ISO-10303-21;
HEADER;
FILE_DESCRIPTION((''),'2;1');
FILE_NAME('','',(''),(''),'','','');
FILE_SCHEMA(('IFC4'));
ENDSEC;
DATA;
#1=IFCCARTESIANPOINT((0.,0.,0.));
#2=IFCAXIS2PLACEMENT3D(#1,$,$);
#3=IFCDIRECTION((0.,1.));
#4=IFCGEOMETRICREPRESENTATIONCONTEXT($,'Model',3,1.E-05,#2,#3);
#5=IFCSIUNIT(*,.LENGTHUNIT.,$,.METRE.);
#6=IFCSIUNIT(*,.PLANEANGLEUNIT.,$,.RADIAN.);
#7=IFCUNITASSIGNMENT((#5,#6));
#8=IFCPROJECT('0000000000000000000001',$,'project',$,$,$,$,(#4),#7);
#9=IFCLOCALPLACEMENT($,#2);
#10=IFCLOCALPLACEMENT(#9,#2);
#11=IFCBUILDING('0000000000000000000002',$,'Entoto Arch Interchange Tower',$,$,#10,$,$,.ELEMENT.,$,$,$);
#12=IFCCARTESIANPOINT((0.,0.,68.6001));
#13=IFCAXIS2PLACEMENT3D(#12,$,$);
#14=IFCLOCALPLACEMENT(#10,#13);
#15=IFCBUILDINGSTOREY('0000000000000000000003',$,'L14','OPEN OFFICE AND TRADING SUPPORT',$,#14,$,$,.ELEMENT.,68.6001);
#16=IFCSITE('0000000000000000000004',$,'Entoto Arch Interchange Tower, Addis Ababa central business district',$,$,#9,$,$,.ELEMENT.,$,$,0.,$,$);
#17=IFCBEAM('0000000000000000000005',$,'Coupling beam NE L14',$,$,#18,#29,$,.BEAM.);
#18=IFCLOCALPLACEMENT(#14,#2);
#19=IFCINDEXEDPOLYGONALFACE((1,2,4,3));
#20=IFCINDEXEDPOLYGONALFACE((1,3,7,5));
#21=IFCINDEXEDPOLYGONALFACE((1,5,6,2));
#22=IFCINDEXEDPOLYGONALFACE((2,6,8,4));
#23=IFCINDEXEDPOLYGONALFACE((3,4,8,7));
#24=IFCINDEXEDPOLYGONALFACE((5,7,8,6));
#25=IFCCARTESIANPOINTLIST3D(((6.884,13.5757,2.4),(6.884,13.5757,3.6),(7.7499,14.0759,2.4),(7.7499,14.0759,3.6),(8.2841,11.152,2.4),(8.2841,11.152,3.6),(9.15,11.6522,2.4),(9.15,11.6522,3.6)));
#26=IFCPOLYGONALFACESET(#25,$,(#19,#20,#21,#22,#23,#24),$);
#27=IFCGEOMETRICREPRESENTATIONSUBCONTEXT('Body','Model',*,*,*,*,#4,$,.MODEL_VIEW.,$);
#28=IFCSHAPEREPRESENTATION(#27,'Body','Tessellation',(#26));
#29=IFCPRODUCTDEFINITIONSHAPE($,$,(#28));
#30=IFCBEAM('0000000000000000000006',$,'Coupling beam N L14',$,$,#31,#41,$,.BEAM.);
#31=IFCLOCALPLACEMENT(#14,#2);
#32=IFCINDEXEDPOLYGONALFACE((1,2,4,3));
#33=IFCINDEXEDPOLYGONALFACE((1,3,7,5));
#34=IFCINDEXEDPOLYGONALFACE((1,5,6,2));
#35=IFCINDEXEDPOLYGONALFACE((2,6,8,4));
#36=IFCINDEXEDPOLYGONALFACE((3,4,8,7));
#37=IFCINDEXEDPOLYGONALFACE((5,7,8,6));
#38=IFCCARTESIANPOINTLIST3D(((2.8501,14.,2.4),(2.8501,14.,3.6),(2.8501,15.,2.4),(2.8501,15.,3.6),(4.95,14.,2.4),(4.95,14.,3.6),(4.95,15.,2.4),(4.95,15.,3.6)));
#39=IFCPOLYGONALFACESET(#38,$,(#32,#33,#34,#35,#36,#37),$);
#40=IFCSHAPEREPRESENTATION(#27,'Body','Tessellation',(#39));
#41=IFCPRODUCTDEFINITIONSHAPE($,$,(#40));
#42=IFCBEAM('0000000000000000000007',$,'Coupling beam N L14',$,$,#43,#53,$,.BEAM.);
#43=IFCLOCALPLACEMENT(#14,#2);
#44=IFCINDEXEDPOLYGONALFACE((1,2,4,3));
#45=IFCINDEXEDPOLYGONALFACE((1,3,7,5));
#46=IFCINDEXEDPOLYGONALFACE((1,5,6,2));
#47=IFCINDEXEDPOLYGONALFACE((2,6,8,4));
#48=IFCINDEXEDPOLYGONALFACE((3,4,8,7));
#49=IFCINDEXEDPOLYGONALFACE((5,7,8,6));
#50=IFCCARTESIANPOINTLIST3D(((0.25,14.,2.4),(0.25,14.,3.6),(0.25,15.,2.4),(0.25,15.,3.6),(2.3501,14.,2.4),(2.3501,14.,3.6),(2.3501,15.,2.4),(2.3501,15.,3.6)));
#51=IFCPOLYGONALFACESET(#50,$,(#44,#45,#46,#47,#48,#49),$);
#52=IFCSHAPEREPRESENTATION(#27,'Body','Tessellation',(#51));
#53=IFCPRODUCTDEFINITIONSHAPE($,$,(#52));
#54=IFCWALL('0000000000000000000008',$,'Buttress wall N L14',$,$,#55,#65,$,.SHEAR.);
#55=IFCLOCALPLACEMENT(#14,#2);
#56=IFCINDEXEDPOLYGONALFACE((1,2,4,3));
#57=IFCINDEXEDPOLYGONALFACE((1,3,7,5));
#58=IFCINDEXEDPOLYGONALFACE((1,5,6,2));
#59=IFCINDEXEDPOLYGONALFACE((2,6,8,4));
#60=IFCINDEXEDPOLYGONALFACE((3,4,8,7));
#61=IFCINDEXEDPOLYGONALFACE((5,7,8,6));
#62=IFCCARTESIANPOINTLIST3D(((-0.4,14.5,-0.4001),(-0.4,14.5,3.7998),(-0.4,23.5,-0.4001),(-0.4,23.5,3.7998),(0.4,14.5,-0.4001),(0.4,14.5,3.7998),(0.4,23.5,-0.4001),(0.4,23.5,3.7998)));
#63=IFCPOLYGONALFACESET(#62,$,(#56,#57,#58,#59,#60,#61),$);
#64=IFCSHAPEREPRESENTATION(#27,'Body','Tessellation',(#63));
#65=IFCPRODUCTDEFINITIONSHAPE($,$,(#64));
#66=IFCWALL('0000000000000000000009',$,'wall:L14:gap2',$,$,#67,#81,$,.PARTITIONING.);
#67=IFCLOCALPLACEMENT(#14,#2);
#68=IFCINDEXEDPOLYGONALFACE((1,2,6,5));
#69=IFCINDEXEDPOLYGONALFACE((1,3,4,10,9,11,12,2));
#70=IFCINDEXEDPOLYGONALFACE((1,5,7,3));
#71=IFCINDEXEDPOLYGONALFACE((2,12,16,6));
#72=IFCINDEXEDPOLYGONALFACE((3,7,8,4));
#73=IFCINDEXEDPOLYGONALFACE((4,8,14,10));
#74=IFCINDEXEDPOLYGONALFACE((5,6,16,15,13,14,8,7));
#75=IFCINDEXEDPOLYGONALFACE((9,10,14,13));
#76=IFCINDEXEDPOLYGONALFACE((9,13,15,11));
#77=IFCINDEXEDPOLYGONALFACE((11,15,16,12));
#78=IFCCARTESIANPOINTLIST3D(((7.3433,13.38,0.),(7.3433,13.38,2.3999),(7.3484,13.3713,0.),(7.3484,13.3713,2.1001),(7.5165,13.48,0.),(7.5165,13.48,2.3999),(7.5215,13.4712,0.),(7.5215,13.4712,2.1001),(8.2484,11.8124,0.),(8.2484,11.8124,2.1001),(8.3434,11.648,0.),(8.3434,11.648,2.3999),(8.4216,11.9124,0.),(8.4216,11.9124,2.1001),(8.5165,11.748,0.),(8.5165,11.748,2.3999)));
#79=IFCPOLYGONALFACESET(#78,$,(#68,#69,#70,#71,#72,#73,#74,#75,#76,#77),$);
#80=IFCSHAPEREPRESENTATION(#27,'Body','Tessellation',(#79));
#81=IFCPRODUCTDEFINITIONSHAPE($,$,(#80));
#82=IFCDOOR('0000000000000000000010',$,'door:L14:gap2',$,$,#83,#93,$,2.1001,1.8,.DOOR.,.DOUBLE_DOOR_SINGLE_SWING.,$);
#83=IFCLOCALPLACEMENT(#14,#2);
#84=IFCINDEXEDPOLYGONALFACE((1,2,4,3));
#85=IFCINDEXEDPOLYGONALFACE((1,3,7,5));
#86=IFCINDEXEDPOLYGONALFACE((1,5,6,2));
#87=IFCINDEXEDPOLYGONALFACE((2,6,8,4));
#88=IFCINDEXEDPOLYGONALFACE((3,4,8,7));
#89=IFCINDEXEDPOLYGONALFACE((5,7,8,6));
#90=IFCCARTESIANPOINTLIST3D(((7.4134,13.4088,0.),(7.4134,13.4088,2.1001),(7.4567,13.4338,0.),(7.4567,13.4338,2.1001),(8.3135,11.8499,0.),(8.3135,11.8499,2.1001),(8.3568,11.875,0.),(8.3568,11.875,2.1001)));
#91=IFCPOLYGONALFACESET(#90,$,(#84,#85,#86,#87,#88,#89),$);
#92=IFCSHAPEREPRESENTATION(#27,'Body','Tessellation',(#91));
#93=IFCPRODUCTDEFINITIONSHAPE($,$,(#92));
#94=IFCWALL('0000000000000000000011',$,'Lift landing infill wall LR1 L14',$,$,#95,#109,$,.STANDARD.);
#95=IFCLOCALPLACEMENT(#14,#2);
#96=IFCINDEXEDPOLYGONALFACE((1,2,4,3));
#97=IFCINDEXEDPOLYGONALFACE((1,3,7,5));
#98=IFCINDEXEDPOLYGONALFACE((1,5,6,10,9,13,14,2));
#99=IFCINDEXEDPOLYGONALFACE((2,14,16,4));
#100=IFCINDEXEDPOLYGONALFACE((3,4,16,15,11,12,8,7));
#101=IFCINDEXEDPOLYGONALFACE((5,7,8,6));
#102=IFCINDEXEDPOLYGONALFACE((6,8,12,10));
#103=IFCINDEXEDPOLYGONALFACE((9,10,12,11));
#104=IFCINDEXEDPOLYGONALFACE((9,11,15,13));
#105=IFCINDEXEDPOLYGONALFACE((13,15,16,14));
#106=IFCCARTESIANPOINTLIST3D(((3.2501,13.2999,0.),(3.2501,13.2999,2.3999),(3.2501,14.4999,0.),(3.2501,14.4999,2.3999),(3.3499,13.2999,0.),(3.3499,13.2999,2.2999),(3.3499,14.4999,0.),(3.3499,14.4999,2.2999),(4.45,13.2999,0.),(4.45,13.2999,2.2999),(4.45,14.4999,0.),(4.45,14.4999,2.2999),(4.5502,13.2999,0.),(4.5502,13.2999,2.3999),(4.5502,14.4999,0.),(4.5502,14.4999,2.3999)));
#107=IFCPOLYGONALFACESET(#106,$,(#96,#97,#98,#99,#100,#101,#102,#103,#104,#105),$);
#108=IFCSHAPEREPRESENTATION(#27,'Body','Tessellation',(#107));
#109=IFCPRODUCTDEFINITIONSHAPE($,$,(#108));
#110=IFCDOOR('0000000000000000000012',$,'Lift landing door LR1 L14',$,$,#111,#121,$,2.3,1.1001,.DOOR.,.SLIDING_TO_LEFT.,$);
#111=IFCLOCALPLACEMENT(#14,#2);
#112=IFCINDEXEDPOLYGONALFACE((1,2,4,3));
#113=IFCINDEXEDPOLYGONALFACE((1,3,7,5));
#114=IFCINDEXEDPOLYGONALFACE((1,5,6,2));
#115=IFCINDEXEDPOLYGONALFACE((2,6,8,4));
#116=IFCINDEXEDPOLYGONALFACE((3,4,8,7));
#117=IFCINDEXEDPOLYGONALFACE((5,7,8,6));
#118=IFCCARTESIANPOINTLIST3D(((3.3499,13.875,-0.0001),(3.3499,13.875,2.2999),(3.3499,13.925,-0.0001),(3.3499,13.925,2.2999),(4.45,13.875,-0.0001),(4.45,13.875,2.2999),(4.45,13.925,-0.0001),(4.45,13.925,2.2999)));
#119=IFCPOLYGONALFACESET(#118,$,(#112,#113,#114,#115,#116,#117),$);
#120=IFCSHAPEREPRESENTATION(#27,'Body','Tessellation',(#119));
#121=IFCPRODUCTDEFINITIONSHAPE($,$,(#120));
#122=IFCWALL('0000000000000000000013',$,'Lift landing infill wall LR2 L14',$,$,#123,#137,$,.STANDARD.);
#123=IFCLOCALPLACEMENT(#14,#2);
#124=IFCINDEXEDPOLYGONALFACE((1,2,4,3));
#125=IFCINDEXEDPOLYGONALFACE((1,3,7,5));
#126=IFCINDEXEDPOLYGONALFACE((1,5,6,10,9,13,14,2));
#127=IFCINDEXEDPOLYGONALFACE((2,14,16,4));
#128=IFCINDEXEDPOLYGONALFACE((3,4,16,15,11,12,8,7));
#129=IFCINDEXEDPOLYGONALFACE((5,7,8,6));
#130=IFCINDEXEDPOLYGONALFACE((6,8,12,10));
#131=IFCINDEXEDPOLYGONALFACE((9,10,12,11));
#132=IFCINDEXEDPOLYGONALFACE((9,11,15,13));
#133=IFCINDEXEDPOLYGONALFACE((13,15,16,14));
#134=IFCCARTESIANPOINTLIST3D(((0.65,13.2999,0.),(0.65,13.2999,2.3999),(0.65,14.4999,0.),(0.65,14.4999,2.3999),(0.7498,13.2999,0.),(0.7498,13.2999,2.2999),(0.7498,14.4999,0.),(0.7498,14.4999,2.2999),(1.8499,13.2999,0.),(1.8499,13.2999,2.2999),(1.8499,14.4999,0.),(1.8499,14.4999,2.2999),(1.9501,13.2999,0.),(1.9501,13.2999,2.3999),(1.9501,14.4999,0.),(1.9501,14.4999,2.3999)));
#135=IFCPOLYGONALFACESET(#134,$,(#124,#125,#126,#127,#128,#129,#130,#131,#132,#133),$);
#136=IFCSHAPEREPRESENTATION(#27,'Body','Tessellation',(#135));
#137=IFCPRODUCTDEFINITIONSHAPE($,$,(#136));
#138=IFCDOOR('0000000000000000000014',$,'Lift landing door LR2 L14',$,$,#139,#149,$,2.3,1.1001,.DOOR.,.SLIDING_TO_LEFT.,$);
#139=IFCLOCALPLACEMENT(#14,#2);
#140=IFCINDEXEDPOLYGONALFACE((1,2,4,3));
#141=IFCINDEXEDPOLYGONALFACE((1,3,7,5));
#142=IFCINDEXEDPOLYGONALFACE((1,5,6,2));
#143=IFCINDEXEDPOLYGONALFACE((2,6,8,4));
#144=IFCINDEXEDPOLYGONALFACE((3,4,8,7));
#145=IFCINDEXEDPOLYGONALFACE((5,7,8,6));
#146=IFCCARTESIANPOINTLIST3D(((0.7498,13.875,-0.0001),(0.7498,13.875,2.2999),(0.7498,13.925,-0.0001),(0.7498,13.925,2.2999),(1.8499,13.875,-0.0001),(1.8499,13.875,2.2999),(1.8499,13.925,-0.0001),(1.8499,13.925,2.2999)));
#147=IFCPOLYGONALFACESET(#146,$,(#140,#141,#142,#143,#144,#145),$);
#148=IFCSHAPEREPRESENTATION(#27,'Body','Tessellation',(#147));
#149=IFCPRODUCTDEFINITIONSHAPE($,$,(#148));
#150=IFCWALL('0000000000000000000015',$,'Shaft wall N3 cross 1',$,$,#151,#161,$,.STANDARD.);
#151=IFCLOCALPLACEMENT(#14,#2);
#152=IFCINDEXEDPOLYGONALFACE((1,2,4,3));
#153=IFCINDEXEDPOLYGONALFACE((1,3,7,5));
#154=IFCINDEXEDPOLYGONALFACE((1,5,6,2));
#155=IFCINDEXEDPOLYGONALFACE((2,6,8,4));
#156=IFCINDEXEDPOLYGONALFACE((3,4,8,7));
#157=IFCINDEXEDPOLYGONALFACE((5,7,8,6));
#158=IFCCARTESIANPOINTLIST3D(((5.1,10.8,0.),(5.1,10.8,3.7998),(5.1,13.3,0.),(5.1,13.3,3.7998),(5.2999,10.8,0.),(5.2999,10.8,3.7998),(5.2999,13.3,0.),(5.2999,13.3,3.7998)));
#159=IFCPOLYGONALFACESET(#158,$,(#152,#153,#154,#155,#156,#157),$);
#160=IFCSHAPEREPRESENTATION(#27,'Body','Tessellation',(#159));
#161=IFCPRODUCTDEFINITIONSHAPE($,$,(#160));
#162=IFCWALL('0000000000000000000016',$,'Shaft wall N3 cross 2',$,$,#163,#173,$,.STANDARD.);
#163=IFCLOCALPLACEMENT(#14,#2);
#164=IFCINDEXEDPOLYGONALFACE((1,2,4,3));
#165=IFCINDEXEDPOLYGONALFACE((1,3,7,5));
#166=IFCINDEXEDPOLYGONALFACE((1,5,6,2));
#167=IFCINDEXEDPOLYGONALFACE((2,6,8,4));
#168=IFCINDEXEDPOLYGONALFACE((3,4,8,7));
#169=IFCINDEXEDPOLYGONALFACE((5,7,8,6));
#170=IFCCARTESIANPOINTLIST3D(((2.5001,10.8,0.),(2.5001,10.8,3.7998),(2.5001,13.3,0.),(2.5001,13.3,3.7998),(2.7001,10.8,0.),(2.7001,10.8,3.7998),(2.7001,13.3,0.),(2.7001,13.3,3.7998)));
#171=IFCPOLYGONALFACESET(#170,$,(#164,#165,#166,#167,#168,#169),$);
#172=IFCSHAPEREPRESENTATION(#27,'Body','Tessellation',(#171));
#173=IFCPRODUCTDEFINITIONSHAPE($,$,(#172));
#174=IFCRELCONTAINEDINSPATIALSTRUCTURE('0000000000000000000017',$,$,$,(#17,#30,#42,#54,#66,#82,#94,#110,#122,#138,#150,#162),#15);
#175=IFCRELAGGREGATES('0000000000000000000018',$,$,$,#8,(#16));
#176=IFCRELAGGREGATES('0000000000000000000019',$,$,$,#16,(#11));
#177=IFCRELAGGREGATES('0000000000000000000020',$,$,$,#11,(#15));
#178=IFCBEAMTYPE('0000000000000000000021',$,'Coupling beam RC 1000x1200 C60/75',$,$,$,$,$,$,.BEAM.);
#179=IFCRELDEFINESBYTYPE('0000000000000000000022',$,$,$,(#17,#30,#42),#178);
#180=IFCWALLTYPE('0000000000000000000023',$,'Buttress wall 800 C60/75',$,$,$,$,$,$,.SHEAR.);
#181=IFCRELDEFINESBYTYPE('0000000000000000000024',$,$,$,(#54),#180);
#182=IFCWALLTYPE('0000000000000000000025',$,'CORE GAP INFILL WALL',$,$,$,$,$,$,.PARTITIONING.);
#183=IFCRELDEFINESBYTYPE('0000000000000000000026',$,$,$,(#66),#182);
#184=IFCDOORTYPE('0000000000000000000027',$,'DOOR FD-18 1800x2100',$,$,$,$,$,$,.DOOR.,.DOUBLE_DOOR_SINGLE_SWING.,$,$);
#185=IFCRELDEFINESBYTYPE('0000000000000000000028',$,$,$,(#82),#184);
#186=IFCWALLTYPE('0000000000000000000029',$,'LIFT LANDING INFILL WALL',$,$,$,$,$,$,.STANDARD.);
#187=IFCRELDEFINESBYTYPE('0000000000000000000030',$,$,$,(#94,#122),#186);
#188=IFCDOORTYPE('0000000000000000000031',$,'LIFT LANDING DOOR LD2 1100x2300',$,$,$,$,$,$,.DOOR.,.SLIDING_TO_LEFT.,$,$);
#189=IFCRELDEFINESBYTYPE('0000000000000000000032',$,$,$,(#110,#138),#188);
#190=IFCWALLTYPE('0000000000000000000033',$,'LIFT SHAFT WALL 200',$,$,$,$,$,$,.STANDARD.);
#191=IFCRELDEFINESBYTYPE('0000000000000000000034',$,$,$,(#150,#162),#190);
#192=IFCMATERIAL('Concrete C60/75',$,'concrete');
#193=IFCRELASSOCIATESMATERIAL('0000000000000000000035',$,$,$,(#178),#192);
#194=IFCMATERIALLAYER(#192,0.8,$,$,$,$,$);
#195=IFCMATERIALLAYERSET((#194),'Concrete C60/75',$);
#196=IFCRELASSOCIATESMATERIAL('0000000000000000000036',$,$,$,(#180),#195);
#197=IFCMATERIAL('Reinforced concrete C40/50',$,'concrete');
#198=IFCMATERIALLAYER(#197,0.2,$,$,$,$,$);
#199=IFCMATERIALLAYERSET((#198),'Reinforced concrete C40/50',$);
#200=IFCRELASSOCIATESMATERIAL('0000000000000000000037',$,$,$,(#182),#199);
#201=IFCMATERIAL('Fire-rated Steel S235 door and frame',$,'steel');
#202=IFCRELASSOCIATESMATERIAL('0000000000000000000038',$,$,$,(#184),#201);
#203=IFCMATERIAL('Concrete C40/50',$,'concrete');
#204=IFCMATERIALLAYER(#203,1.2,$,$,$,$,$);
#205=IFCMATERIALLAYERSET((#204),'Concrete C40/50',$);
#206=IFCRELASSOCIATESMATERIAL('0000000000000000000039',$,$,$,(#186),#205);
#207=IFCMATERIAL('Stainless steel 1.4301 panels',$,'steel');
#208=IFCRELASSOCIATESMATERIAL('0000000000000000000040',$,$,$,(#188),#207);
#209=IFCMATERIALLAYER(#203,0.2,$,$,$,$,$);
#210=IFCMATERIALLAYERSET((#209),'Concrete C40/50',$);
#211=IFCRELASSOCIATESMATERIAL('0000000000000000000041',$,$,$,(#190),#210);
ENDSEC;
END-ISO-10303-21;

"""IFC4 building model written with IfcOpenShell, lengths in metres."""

from ifc_helpers import new_model, si_unit, direction, frame, frame_2d, origin, origin_2d, place, context, subcontext, project, spatial, rectangle, extrude, material, layer, layer_set, material_profile, profile_set, type_object, element, fill, save


model = new_model("IFC4")

# Units and contexts
model_context = context("Model", 3, precision=1e-05, world=origin(), true_north=direction((0.0, 1.0)))
body_context = subcontext(model_context, "Body", "Model", "MODEL_VIEW")
ifc_project = project(units=[si_unit("LENGTHUNIT", "METRE"), si_unit("PLANEANGLEUNIT", "RADIAN")], contexts=[model_context])

# Site, building, storey
site_placement = place(None, origin())
site = spatial("IfcSite", under=ifc_project, at=site_placement, Name="Entoto Arch Interchange Tower, Addis Ababa central business district", CompositionType="ELEMENT", RefElevation=0.0)
building_placement = place(site_placement, origin())
building = spatial("IfcBuilding", under=site, at=building_placement, Name="Entoto Arch Interchange Tower", CompositionType="ELEMENT")
storey_placement = place(building_placement, frame((0.0, 0.0, 68.6001)))
storey = spatial("IfcBuildingStorey", under=building, at=storey_placement, Name="L14", Description="OPEN OFFICE AND TRADING SUPPORT", CompositionType="ELEMENT", Elevation=68.6001)

# Beams
ifc_material_1 = material(Name="Concrete C60/75", Category="concrete")
ifc_material_profile = material_profile(ifc_material_1, rectangle(XDim=1.0, YDim=1.2, at=origin_2d()))
ifc_profile_set = profile_set([ifc_material_profile], Name="Concrete C60/75")
beam_type = type_object("IfcBeamType", Name="Coupling beam RC 1000x1200 C60/75", PredefinedType="BEAM", material=ifc_profile_set)
beam_1_placement = place(storey_placement, frame((8.717, 11.4021, 3.0), z_axis=(-0.500201, 0.86591, 0.0), x_axis=(-0.86591, -0.500201, 0.0)))
element("IfcBeam", 1, at=beam_1_placement, inside=storey, type_object=beam_type, Name="Coupling beam NE L14", PredefinedType="BEAM", context=body_context, shape_type="SweptSolid", body=[
    extrude(rectangle(XDim=1.0, YDim=1.2, at=origin_2d()), origin(), (0.0, 0.0, 1.0), 2.7991),
])
beam_2_placement = place(storey_placement, frame((4.95, 14.5, 3.0), z_axis=(-1.0, 0.0, 0.0), x_axis=(0.0, -1.0, 0.0)))
element("IfcBeam", 2, at=beam_2_placement, inside=storey, type_object=beam_type, Name="Coupling beam N L14", PredefinedType="BEAM", context=body_context, shape_type="SweptSolid", body=[
    extrude(rectangle(XDim=1.0, YDim=1.2, at=origin_2d()), origin(), (0.0, 0.0, 1.0), 2.0999),
])
beam_3_placement = place(storey_placement, frame((2.3501, 14.5, 3.0), z_axis=(-1.0, 0.0, 0.0), x_axis=(0.0, -1.0, 0.0)))
element("IfcBeam", 3, at=beam_3_placement, inside=storey, type_object=beam_type, Name="Coupling beam N L14", PredefinedType="BEAM", context=body_context, shape_type="SweptSolid", body=[
    extrude(rectangle(XDim=1.0, YDim=1.2, at=origin_2d()), origin(), (0.0, 0.0, 1.0), 2.1001),
])

# Wall
ifc_layer_1 = layer(ifc_material_1, 0.8)
ifc_layer_set_1 = layer_set([ifc_layer_1], Name="Concrete C60/75")
wall_type_1 = type_object("IfcWallType", Name="Buttress wall 800 C60/75", PredefinedType="SHEAR", material=ifc_layer_set_1)
wall_1_placement = place(storey_placement, frame((0.0, 14.5, -0.4001), z_axis=(0.0, 0.0, 1.0), x_axis=(0.0, 1.0, 0.0)))
element("IfcWall", 4, at=wall_1_placement, inside=storey, type_object=wall_type_1, Name="Buttress wall N L14", PredefinedType="SHEAR", context=body_context, shape_type="SweptSolid", body=[
    extrude(rectangle(XDim=9.0, YDim=0.8, at=frame_2d((4.5, 0.0))), origin(), (0.0, 0.0, 1.0), 4.2),
])

# Walls, openings, doors
ifc_material_2 = material(Name="Reinforced concrete C40/50", Category="concrete")
ifc_layer_2 = layer(ifc_material_2, 0.2)
ifc_layer_set_2 = layer_set([ifc_layer_2], Name="Reinforced concrete C40/50")
wall_type_2 = type_object("IfcWallType", Name="CORE GAP INFILL WALL", PredefinedType="PARTITIONING", material=ifc_layer_set_2)
wall_2_placement = place(storey_placement, frame((8.4299, 11.698, 0.0), z_axis=(0.0, 0.0, 1.0), x_axis=(-0.500025, 0.866011, 0.0)))
wall_2 = element("IfcWall", 5, at=wall_2_placement, inside=storey, type_object=wall_type_2, Name="wall:L14:gap2", PredefinedType="PARTITIONING", context=body_context, shape_type="SweptSolid", body=[
    extrude(rectangle(XDim=2.0, YDim=0.2, at=frame_2d((1.0, 0.0))), origin(), (0.0, 0.0, 1.0), 2.3999),
])
opening_1_placement = place(wall_2_placement, frame((0.1899, 0.0, 0.0)))
opening_1 = element("IfcOpeningElement", 6, at=opening_1_placement, cuts=wall_2, PredefinedType="OPENING", context=body_context, shape_type="SweptSolid", body=[
    extrude(rectangle(XDim=1.8, YDim=2.1001, at=frame_2d((0.8999, 1.05))), frame((0.0, 0.1099, 0.0), z_axis=(0.0, -1.0, 0.0), x_axis=(1.0, 0.0, 0.0)), (0.0, 0.0, 1.0), 0.22),
])
ifc_material_3 = material(Name="Fire-rated Steel S235 door and frame", Category="steel")
door_type_1 = type_object("IfcDoorType", Name="DOOR FD-18 1800x2100", OperationType="DOUBLE_DOOR_SINGLE_SWING", PredefinedType="DOOR", material=ifc_material_3)
door_1_placement = place(opening_1_placement, origin())
door_1 = element("IfcDoor", 7, at=door_1_placement, inside=storey, type_object=door_type_1, Name="door:L14:gap2", OperationType="DOUBLE_DOOR_SINGLE_SWING", OverallHeight=2.1001, OverallWidth=1.8, PredefinedType="DOOR", context=body_context, shape_type="SweptSolid", body=[
    extrude(rectangle(XDim=1.8, YDim=2.1001, at=frame_2d((0.8999, 1.05))), frame((0.0, 0.0249, 0.0), z_axis=(0.0, -1.0, 0.0), x_axis=(1.0, 0.0, 0.0)), (0.0, 0.0, 1.0), 0.05),
])
fill(opening_1, door_1)
ifc_material_4 = material(Name="Concrete C40/50", Category="concrete")
ifc_layer_3 = layer(ifc_material_4, 1.2)
ifc_layer_set_3 = layer_set([ifc_layer_3], Name="Concrete C40/50")
wall_type_3 = type_object("IfcWallType", Name="LIFT LANDING INFILL WALL", PredefinedType="STANDARD", material=ifc_layer_set_3)
wall_3_placement = place(storey_placement, frame((4.55, 13.8999, 0.0), z_axis=(0.0, 0.0, 1.0), x_axis=(-1.0, 0.0, 0.0)))
wall_3 = element("IfcWall", 8, at=wall_3_placement, inside=storey, type_object=wall_type_3, Name="Lift landing infill wall LR1 L14", PredefinedType="STANDARD", context=body_context, shape_type="SweptSolid", body=[
    extrude(rectangle(XDim=1.3, YDim=1.2, at=frame_2d((0.6499, 0.0))), origin(), (0.0, 0.0, 1.0), 2.3999),
])
opening_2_placement = place(wall_3_placement, frame((0.1001, 0.0, 0.0)))
opening_2 = element("IfcOpeningElement", 9, at=opening_2_placement, cuts=wall_3, PredefinedType="OPENING", context=body_context, shape_type="SweptSolid", body=[
    extrude(rectangle(XDim=1.1001, YDim=2.3, at=frame_2d((0.55, 1.1499))), frame((0.0, 0.6099, 0.0), z_axis=(0.0, -1.0, 0.0), x_axis=(1.0, 0.0, 0.0)), (0.0, 0.0, 1.0), 1.22),
])
ifc_material_5 = material(Name="Stainless steel 1.4301 panels", Category="steel")
door_type_2 = type_object("IfcDoorType", Name="LIFT LANDING DOOR LD2 1100x2300", OperationType="SLIDING_TO_LEFT", PredefinedType="DOOR", material=ifc_material_5)
door_2_placement = place(opening_2_placement, origin())
door_2 = element("IfcDoor", 10, at=door_2_placement, inside=storey, type_object=door_type_2, Name="Lift landing door LR1 L14", OperationType="SLIDING_TO_LEFT", OverallHeight=2.3, OverallWidth=1.1001, PredefinedType="DOOR", context=body_context, shape_type="SweptSolid", body=[
    extrude(rectangle(XDim=1.1001, YDim=2.3, at=frame_2d((0.55, 1.1499))), frame((0.0, 0.0249, 0.0), z_axis=(0.0, -1.0, 0.0), x_axis=(1.0, 0.0, 0.0)), (0.0, 0.0, 1.0), 0.05),
])
fill(opening_2, door_2)
wall_4_placement = place(storey_placement, frame((1.95, 13.8999, 0.0), z_axis=(0.0, 0.0, 1.0), x_axis=(-1.0, 0.0, 0.0)))
wall_4 = element("IfcWall", 11, at=wall_4_placement, inside=storey, type_object=wall_type_3, Name="Lift landing infill wall LR2 L14", PredefinedType="STANDARD", context=body_context, shape_type="SweptSolid", body=[
    extrude(rectangle(XDim=1.3, YDim=1.2, at=frame_2d((0.6499, 0.0))), origin(), (0.0, 0.0, 1.0), 2.3999),
])
opening_3_placement = place(wall_4_placement, frame((0.1001, 0.0, 0.0)))
opening_3 = element("IfcOpeningElement", 12, at=opening_3_placement, cuts=wall_4, PredefinedType="OPENING", context=body_context, shape_type="SweptSolid", body=[
    extrude(rectangle(XDim=1.1001, YDim=2.3, at=frame_2d((0.55, 1.1499))), frame((0.0, 0.6099, 0.0), z_axis=(0.0, -1.0, 0.0), x_axis=(1.0, 0.0, 0.0)), (0.0, 0.0, 1.0), 1.22),
])
door_3_placement = place(opening_3_placement, origin())
door_3 = element("IfcDoor", 13, at=door_3_placement, inside=storey, type_object=door_type_2, Name="Lift landing door LR2 L14", OperationType="SLIDING_TO_LEFT", OverallHeight=2.3, OverallWidth=1.1001, PredefinedType="DOOR", context=body_context, shape_type="SweptSolid", body=[
    extrude(rectangle(XDim=1.1001, YDim=2.3, at=frame_2d((0.55, 1.1499))), frame((0.0, 0.0249, 0.0), z_axis=(0.0, -1.0, 0.0), x_axis=(1.0, 0.0, 0.0)), (0.0, 0.0, 1.0), 0.05),
])
fill(opening_3, door_3)

# Walls
ifc_layer_4 = layer(ifc_material_4, 0.2)
ifc_layer_set_4 = layer_set([ifc_layer_4], Name="Concrete C40/50")
wall_type_4 = type_object("IfcWallType", Name="LIFT SHAFT WALL 200", PredefinedType="STANDARD", material=ifc_layer_set_4)
for number, where, z_axis, x_axis, name in (
    (14, (5.2, 10.8, 0.0), (0.0, 0.0, 1.0), (0.0, 1.0, 0.0), "Shaft wall N3 cross 1"),
    (15, (2.6001, 10.8, 0.0), (0.0, 0.0, 1.0), (0.0, 1.0, 0.0), "Shaft wall N3 cross 2"),
):
    element("IfcWall", number, at=place(storey_placement, frame(where, z_axis=z_axis, x_axis=x_axis)), inside=storey, type_object=wall_type_4, Name=name, PredefinedType="STANDARD", context=body_context, shape_type="SweptSolid", body=[
        extrude(rectangle(XDim=2.5, YDim=0.2, at=frame_2d((1.25, 0.0))), origin(), (0.0, 0.0, 1.0), 3.7998),
    ])

save(model, "model.ifc")
